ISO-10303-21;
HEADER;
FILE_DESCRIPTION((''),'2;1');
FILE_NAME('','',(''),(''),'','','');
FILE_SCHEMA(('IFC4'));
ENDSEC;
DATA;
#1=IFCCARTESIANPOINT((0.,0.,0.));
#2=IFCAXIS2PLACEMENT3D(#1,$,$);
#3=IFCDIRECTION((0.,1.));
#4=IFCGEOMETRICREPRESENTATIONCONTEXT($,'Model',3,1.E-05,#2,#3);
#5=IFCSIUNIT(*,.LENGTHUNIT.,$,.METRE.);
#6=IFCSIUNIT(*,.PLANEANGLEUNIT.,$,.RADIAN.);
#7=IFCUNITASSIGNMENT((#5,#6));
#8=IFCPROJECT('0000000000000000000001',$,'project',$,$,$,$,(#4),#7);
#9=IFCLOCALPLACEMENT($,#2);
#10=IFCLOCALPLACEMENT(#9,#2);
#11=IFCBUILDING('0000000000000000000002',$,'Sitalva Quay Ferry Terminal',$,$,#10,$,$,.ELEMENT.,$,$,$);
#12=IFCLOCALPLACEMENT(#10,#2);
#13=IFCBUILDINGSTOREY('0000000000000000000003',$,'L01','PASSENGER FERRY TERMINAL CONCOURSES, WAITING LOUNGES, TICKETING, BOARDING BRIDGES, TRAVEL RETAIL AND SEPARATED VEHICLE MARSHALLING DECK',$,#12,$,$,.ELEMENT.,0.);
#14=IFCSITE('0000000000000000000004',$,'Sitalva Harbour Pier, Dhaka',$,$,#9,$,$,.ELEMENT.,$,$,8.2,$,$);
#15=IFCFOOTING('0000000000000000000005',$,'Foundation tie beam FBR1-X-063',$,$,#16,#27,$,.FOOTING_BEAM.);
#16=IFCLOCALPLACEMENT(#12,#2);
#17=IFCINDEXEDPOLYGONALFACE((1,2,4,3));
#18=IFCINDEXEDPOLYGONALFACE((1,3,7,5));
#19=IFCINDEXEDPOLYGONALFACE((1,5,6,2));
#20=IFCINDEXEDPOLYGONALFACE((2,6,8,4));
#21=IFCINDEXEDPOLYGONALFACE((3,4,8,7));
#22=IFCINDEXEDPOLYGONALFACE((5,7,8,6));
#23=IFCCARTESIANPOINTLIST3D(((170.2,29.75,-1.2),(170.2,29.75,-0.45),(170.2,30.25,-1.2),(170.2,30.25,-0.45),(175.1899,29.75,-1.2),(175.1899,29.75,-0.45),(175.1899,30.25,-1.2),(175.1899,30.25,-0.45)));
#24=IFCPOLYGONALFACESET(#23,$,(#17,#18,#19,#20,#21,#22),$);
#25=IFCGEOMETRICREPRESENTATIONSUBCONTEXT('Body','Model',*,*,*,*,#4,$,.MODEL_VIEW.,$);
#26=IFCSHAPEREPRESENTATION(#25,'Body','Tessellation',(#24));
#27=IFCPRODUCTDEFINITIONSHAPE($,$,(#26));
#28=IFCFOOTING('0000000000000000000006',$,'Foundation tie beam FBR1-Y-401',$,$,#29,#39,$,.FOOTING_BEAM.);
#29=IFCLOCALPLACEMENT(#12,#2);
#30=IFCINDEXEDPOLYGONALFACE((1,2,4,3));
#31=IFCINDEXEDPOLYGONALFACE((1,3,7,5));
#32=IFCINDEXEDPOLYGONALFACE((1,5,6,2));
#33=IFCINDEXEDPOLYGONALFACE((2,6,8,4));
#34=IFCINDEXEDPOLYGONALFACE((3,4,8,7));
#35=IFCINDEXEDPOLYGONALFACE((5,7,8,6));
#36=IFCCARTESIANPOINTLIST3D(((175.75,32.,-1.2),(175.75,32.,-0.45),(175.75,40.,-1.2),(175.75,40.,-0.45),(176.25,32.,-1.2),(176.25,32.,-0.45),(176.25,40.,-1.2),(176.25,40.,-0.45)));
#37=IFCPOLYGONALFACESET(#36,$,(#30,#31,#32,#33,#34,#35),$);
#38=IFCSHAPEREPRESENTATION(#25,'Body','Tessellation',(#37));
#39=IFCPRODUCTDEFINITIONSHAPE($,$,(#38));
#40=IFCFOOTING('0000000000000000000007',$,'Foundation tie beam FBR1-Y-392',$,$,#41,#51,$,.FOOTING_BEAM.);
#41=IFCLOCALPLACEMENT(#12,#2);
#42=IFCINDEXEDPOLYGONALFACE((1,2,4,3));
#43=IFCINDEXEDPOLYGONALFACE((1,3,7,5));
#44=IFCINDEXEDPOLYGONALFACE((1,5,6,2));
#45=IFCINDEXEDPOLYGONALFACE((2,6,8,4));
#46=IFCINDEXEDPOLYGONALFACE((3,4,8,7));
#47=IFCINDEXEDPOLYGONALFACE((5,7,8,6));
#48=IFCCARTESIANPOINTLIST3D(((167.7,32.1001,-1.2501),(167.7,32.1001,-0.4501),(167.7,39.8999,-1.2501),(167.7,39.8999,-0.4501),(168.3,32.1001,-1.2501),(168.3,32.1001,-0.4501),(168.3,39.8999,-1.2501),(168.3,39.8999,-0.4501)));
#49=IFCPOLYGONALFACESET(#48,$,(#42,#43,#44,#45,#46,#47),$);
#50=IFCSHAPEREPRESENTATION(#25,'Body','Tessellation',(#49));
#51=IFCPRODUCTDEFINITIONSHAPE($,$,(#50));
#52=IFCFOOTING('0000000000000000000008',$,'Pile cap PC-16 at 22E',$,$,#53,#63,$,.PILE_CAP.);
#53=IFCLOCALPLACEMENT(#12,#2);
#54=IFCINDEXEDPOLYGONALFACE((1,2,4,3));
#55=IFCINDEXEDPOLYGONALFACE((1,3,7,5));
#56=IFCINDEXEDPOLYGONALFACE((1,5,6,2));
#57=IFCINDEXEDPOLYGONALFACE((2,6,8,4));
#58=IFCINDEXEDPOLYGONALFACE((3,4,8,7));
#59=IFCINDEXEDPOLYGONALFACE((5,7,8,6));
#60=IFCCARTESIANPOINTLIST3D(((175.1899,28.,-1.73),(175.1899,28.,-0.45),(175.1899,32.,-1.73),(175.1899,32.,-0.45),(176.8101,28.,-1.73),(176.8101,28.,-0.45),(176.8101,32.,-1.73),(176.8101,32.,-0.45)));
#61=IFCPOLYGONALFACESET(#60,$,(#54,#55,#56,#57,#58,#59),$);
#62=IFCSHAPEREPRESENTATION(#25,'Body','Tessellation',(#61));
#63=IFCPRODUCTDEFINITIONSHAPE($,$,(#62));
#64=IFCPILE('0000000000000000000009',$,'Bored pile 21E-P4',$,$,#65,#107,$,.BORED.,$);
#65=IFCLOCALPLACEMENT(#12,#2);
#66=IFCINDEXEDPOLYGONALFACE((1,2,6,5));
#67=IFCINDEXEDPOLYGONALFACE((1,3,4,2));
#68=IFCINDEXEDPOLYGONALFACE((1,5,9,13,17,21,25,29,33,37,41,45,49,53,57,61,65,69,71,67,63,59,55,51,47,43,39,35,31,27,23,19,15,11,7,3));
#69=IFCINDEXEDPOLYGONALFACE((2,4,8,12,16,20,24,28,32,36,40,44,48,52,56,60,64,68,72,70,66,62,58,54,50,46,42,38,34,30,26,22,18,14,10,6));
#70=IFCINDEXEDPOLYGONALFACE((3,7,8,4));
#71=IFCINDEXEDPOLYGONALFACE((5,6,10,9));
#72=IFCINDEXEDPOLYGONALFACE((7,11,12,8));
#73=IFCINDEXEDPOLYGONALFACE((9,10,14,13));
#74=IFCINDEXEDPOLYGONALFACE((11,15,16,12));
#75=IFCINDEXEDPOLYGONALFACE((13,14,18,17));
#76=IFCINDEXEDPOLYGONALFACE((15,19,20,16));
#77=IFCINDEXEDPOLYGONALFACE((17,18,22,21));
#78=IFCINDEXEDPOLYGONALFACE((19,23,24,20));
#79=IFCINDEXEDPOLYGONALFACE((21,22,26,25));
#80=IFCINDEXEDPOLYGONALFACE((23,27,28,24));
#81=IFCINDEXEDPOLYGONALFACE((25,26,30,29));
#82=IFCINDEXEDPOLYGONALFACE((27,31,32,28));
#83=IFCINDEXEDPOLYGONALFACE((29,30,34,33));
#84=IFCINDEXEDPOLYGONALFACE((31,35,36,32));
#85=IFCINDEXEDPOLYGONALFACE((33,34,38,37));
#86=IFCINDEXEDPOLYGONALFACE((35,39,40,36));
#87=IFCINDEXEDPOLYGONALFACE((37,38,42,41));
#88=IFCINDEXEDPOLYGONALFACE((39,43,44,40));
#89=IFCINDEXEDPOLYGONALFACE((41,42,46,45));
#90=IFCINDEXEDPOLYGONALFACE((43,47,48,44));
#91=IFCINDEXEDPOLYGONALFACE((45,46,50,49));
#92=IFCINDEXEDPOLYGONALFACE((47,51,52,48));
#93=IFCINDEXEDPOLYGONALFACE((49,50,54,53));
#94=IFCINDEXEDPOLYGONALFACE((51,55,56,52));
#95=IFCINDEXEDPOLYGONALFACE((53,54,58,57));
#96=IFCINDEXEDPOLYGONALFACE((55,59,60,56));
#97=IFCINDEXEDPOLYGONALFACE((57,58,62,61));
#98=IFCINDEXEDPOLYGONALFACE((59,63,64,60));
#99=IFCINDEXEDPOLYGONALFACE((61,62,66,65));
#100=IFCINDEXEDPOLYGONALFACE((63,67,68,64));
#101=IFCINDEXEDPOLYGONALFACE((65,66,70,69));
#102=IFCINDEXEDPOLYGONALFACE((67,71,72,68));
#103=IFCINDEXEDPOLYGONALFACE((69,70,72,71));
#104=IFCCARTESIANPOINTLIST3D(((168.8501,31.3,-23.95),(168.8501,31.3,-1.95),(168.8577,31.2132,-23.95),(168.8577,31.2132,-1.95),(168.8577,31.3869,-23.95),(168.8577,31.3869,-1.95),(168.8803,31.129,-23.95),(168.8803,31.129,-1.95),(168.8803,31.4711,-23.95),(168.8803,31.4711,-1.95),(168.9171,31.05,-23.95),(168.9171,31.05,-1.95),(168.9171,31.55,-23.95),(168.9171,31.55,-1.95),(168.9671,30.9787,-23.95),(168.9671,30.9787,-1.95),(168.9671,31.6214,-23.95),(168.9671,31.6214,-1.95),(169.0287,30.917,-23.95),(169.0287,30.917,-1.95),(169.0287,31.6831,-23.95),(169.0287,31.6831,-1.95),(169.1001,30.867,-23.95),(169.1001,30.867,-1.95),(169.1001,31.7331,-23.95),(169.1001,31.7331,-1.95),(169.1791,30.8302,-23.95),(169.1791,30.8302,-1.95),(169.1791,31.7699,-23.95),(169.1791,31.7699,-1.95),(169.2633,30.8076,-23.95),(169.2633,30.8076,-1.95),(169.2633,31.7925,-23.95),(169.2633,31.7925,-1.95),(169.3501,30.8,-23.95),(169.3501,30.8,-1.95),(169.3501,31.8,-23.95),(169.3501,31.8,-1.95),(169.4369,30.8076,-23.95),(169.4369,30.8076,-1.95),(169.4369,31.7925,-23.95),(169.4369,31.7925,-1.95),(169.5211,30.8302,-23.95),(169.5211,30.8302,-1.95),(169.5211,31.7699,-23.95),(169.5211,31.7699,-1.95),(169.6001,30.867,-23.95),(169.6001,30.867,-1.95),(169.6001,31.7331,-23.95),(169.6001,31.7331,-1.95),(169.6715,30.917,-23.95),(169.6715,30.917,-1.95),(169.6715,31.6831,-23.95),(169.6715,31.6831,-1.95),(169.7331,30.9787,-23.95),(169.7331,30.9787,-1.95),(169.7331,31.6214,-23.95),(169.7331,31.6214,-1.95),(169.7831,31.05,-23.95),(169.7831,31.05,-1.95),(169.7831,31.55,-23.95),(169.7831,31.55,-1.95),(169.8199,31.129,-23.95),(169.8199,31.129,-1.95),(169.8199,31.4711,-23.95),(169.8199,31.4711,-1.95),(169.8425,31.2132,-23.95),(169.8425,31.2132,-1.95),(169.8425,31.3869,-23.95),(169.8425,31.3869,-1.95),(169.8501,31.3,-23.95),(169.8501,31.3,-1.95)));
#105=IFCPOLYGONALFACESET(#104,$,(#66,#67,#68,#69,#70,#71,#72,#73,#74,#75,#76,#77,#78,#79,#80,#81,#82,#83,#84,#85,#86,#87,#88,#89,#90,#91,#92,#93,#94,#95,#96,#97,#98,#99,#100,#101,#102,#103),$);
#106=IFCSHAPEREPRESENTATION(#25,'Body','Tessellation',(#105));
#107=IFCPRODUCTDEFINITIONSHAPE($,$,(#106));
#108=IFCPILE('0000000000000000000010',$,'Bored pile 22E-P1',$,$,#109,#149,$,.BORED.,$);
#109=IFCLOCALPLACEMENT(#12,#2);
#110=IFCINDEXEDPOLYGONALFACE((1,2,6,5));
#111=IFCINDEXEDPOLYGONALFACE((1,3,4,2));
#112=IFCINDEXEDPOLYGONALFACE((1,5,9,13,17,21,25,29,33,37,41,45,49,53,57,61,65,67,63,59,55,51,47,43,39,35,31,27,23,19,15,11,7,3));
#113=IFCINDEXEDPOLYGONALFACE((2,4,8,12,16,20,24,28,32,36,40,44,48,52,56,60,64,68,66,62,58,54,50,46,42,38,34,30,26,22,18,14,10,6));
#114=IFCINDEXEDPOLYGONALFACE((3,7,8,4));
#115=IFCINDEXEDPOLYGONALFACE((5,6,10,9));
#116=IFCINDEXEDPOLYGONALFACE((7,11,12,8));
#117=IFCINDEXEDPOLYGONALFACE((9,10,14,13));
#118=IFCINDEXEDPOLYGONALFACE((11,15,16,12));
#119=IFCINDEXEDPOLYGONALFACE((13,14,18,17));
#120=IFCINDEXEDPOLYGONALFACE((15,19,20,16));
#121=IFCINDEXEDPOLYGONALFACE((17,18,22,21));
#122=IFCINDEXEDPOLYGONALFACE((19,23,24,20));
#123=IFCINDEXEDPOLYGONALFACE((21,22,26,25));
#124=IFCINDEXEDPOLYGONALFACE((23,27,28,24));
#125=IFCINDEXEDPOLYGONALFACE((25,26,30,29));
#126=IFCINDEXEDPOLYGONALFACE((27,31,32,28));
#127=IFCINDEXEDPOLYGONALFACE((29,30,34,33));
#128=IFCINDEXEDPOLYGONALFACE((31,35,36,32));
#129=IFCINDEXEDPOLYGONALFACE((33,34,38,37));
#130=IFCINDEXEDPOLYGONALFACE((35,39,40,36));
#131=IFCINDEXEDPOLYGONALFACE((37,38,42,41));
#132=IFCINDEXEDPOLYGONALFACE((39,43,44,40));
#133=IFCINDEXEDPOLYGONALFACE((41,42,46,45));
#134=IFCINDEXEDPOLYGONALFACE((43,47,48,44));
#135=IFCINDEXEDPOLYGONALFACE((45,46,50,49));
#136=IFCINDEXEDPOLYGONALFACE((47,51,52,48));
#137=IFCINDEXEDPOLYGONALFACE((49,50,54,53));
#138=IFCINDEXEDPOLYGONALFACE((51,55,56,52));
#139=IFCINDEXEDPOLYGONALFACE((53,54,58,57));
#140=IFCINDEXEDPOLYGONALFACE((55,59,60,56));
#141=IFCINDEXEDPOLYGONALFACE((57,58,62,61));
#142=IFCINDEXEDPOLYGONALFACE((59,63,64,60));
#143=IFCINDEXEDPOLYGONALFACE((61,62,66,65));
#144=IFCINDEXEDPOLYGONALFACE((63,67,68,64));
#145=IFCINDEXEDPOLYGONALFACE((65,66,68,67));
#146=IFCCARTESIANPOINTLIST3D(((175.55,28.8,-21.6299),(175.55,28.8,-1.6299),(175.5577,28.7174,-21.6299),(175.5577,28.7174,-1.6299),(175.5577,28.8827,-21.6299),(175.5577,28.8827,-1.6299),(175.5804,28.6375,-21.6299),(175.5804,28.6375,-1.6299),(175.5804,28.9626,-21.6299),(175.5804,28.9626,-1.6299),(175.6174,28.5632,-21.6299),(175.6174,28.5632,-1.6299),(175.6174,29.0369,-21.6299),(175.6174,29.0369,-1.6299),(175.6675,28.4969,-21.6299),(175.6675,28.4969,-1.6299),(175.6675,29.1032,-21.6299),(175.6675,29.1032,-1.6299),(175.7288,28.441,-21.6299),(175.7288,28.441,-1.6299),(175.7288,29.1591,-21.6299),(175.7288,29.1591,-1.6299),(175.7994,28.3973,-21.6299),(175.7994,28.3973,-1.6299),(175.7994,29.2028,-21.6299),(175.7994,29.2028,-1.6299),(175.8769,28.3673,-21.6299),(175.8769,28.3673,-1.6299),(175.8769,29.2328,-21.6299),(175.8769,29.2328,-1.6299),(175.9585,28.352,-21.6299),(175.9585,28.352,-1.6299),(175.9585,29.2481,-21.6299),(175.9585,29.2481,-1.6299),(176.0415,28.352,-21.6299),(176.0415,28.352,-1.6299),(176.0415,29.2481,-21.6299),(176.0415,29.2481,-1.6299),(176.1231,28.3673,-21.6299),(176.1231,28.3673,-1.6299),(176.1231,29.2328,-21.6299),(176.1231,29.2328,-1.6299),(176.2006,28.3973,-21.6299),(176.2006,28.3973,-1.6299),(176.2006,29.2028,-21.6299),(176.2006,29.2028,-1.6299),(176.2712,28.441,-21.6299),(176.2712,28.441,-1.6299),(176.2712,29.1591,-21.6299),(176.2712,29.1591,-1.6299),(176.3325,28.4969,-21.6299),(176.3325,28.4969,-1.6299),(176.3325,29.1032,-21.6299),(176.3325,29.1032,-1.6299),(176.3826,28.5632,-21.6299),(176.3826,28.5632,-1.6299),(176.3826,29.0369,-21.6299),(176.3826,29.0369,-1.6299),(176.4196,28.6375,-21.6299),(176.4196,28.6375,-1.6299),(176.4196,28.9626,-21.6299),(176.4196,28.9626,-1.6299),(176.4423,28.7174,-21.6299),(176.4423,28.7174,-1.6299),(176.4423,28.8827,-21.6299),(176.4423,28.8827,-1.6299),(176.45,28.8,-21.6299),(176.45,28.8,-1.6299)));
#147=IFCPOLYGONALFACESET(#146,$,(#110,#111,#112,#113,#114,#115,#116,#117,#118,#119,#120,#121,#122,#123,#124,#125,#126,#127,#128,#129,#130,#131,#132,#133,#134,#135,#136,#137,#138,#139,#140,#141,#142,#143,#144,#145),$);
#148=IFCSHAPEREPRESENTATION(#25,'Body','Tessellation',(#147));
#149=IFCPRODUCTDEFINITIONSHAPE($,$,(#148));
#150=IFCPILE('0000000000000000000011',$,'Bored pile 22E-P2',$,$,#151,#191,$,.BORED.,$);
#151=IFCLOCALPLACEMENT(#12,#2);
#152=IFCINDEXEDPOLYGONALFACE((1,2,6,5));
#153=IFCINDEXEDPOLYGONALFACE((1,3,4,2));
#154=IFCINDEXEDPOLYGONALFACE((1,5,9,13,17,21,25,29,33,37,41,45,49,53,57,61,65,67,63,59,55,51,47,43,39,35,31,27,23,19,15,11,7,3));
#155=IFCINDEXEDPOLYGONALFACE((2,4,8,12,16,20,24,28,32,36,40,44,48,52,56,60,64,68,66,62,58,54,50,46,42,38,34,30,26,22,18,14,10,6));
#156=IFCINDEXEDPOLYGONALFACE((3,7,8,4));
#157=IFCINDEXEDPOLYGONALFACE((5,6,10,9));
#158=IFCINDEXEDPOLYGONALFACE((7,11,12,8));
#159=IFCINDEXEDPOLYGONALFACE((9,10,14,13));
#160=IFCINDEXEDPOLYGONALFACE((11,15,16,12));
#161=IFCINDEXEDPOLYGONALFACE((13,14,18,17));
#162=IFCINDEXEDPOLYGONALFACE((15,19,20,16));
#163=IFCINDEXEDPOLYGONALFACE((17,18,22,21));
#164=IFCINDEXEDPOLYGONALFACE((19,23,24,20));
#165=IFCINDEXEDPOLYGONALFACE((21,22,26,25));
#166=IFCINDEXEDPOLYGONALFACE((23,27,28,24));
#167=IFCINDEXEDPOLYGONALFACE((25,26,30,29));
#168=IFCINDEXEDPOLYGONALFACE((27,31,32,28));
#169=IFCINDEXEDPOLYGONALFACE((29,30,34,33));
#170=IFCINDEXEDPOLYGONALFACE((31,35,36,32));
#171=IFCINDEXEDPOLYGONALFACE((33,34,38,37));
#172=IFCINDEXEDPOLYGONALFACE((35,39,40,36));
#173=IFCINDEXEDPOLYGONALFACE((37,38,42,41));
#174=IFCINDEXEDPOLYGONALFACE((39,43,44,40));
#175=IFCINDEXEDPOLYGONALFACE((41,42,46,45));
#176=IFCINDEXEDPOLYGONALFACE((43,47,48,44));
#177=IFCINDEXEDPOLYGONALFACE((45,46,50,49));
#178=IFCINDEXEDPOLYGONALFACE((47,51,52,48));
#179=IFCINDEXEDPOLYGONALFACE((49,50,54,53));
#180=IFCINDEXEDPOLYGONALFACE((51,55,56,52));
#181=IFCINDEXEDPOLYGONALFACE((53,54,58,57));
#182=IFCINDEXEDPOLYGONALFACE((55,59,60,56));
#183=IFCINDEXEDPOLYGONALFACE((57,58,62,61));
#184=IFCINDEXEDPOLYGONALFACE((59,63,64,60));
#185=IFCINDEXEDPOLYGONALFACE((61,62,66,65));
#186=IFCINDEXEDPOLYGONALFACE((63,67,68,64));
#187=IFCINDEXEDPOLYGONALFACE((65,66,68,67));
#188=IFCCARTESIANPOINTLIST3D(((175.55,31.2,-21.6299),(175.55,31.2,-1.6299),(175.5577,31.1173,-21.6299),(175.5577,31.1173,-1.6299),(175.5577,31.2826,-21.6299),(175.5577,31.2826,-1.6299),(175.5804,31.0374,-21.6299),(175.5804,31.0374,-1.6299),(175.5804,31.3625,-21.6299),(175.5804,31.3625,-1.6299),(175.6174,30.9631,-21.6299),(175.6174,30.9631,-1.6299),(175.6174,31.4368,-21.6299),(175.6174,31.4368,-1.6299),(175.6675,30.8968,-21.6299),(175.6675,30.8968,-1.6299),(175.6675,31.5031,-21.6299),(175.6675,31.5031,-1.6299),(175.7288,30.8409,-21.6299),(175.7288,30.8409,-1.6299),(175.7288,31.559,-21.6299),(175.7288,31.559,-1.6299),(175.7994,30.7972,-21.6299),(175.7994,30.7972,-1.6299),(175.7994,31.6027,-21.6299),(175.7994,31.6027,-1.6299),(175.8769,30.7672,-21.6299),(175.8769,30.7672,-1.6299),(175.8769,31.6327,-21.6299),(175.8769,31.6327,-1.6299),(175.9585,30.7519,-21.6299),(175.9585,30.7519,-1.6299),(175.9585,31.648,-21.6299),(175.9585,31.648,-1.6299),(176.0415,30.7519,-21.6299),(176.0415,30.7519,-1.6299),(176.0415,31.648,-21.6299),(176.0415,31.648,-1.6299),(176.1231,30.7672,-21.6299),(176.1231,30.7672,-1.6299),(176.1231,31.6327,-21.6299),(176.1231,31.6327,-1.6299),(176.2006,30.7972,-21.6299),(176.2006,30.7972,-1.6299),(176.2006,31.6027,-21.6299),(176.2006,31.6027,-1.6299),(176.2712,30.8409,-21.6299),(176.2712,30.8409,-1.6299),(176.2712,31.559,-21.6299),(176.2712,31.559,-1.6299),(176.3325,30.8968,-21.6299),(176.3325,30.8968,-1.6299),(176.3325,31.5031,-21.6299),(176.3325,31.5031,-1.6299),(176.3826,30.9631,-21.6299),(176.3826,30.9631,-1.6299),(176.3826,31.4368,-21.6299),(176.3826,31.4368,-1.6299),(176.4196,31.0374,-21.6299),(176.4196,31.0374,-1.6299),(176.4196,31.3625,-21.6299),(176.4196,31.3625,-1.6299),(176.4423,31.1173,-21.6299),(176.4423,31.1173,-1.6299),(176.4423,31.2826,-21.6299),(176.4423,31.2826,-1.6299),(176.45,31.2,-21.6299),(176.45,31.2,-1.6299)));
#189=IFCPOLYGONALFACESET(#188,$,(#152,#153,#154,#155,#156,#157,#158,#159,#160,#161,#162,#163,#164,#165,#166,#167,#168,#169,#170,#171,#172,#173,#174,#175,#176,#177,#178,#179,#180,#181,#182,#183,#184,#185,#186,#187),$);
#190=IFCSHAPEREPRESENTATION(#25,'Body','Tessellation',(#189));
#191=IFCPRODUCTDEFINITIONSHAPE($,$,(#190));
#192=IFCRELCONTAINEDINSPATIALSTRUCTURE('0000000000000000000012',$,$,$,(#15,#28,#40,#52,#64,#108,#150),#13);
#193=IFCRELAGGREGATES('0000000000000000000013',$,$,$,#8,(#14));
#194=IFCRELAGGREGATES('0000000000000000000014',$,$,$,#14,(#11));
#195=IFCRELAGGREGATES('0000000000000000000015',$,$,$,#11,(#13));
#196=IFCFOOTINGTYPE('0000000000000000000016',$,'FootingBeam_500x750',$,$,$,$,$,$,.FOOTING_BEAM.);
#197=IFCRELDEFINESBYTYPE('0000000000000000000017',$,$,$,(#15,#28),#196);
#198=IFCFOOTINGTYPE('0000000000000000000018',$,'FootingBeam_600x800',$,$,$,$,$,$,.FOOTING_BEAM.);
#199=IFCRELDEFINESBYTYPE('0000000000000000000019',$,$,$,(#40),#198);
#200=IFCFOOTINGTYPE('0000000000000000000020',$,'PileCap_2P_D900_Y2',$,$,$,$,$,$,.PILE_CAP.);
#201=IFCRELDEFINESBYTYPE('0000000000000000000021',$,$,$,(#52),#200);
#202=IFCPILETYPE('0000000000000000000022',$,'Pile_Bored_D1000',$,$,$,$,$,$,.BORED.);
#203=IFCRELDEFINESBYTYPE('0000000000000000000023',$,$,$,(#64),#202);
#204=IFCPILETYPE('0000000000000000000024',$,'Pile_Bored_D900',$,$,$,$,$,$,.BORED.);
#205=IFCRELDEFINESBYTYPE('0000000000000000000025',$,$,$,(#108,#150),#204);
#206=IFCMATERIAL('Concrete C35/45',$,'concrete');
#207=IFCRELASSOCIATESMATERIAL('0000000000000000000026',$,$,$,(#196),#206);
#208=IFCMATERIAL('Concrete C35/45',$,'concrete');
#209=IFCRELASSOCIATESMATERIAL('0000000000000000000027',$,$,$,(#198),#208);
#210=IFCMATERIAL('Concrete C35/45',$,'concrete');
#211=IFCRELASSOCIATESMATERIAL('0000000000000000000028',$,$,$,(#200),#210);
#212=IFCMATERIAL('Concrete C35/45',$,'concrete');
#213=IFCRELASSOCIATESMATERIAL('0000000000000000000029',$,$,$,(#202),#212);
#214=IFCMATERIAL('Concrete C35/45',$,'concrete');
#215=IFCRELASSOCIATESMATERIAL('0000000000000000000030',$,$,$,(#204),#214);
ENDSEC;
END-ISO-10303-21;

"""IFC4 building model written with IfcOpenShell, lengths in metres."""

from ifc_helpers import new_model, si_unit, direction, frame, origin, origin_2d, place, context, subcontext, project, spatial, rectangle, circle, extrude, material, material_profile, profile_set, type_object, element, save


model = new_model("IFC4")

# Units and contexts
model_context = context("Model", 3, precision=1e-05, world=origin(), true_north=direction((0.0, 1.0)))
body_context = subcontext(model_context, "Body", "Model", "MODEL_VIEW")
ifc_project = project(units=[si_unit("LENGTHUNIT", "METRE"), si_unit("PLANEANGLEUNIT", "RADIAN")], contexts=[model_context])

# Site, building, storey
site_placement = place(None, origin())
site = spatial("IfcSite", under=ifc_project, at=site_placement, Name="Sitalva Harbour Pier, Dhaka", CompositionType="ELEMENT", RefElevation=8.2)
building_placement = place(site_placement, origin())
building = spatial("IfcBuilding", under=site, at=building_placement, Name="Sitalva Quay Ferry Terminal", CompositionType="ELEMENT")
storey_placement = place(building_placement, origin())
storey = spatial("IfcBuildingStorey", under=building, at=storey_placement, Name="L01", Description="PASSENGER FERRY TERMINAL CONCOURSES, WAITING LOUNGES, TICKETING, BOARDING BRIDGES, TRAVEL RETAIL AND SEPARATED VEHICLE MARSHALLING DECK", CompositionType="ELEMENT", Elevation=0.0)

# Footings
ifc_material_1 = material(Name="Concrete C35/45", Category="concrete")
ifc_material_profile_1 = material_profile(ifc_material_1, rectangle(XDim=0.5, YDim=0.75, at=origin_2d()), Name="RC500x750")
ifc_profile_set_1 = profile_set([ifc_material_profile_1], Name="Concrete C35/45")
footing_type_1 = type_object("IfcFootingType", Name="FootingBeam_500x750", PredefinedType="FOOTING_BEAM", material=ifc_profile_set_1)
footing_1_placement = place(storey_placement, frame((170.2, 30.0, -0.825), z_axis=(1.0, 0.0, 0.0), x_axis=(0.0, 1.0, 0.0)))
element("IfcFooting", 1, at=footing_1_placement, inside=storey, type_object=footing_type_1, Name="Foundation tie beam FBR1-X-063", PredefinedType="FOOTING_BEAM", context=body_context, shape_type="SweptSolid", body=[
    extrude(rectangle(XDim=0.5, YDim=0.75, at=origin_2d()), origin(), (0.0, 0.0, 1.0), 4.99),
])
footing_2_placement = place(storey_placement, frame((176.0, 32.0, -0.825), z_axis=(0.0, 1.0, 0.0), x_axis=(-1.0, 0.0, 0.0)))
element("IfcFooting", 2, at=footing_2_placement, inside=storey, type_object=footing_type_1, Name="Foundation tie beam FBR1-Y-401", PredefinedType="FOOTING_BEAM", context=body_context, shape_type="SweptSolid", body=[
    extrude(rectangle(XDim=0.5, YDim=0.75, at=origin_2d()), origin(), (0.0, 0.0, 1.0), 8.0),
])
ifc_material_2 = material(Name="Concrete C35/45", Category="concrete")
ifc_material_profile_2 = material_profile(ifc_material_2, rectangle(XDim=0.6001, YDim=0.8, at=origin_2d()), Name="RC600x800")
ifc_profile_set_2 = profile_set([ifc_material_profile_2], Name="Concrete C35/45")
footing_type_2 = type_object("IfcFootingType", Name="FootingBeam_600x800", PredefinedType="FOOTING_BEAM", material=ifc_profile_set_2)
footing_3_placement = place(storey_placement, frame((168.0, 32.1001, -0.8501), z_axis=(0.0, 1.0, 0.0), x_axis=(-1.0, 0.0, 0.0)))
element("IfcFooting", 3, at=footing_3_placement, inside=storey, type_object=footing_type_2, Name="Foundation tie beam FBR1-Y-392", PredefinedType="FOOTING_BEAM", context=body_context, shape_type="SweptSolid", body=[
    extrude(rectangle(XDim=0.6001, YDim=0.8, at=origin_2d()), origin(), (0.0, 0.0, 1.0), 7.7998),
])
ifc_material_3 = material(Name="Concrete C35/45", Category="concrete")
footing_type_3 = type_object("IfcFootingType", Name="PileCap_2P_D900_Y2", PredefinedType="PILE_CAP", material=ifc_material_3)
footing_4_placement = place(storey_placement, frame((176.0, 30.0, -1.73), z_axis=(0.0, 0.0, 1.0), x_axis=(1.0, 0.0, 0.0)))
element("IfcFooting", 4, at=footing_4_placement, inside=storey, type_object=footing_type_3, Name="Pile cap PC-16 at 22E", PredefinedType="PILE_CAP", context=body_context, shape_type="SweptSolid", body=[
    extrude(rectangle(XDim=1.6201, YDim=4.0, at=origin_2d()), origin(), (0.0, 0.0, 1.0), 1.28),
])

# Piles
ifc_material_4 = material(Name="Concrete C35/45", Category="concrete")
ifc_material_profile_3 = material_profile(ifc_material_4, circle(Radius=0.5, at=origin_2d()), Name="PILE-D1000")
ifc_profile_set_3 = profile_set([ifc_material_profile_3], Name="Concrete C35/45")
pile_type_1 = type_object("IfcPileType", Name="Pile_Bored_D1000", PredefinedType="BORED", material=ifc_profile_set_3)
pile_placement = place(storey_placement, frame((169.3501, 31.3, -1.95), z_axis=(0.0, 0.0, -1.0), x_axis=(1.0, 0.0, 0.0)))
element("IfcPile", 5, at=pile_placement, inside=storey, type_object=pile_type_1, Name="Bored pile 21E-P4", PredefinedType="BORED", context=body_context, shape_type="SweptSolid", body=[
    extrude(circle(Radius=0.5, at=origin_2d()), origin(), (0.0, 0.0, 1.0), 22.0),
])
ifc_material_5 = material(Name="Concrete C35/45", Category="concrete")
ifc_material_profile_4 = material_profile(ifc_material_5, circle(Radius=0.45, at=origin_2d()), Name="PILE-D900")
ifc_profile_set_4 = profile_set([ifc_material_profile_4], Name="Concrete C35/45")
pile_type_2 = type_object("IfcPileType", Name="Pile_Bored_D900", PredefinedType="BORED", material=ifc_profile_set_4)
for number, where, z_axis, x_axis, name in (
    (6, (176.0, 28.8, -1.6299), (0.0, 0.0, -1.0), (1.0, 0.0, 0.0), "Bored pile 22E-P1"),
    (7, (176.0, 31.2, -1.6299), (0.0, 0.0, -1.0), (1.0, 0.0, 0.0), "Bored pile 22E-P2"),
):
    element("IfcPile", number, at=place(storey_placement, frame(where, z_axis=z_axis, x_axis=x_axis)), inside=storey, type_object=pile_type_2, Name=name, PredefinedType="BORED", context=body_context, shape_type="SweptSolid", body=[
        extrude(circle(Radius=0.45, at=origin_2d()), origin(), (0.0, 0.0, 1.0), 20.0),
    ])

save(model, "model.ifc")
